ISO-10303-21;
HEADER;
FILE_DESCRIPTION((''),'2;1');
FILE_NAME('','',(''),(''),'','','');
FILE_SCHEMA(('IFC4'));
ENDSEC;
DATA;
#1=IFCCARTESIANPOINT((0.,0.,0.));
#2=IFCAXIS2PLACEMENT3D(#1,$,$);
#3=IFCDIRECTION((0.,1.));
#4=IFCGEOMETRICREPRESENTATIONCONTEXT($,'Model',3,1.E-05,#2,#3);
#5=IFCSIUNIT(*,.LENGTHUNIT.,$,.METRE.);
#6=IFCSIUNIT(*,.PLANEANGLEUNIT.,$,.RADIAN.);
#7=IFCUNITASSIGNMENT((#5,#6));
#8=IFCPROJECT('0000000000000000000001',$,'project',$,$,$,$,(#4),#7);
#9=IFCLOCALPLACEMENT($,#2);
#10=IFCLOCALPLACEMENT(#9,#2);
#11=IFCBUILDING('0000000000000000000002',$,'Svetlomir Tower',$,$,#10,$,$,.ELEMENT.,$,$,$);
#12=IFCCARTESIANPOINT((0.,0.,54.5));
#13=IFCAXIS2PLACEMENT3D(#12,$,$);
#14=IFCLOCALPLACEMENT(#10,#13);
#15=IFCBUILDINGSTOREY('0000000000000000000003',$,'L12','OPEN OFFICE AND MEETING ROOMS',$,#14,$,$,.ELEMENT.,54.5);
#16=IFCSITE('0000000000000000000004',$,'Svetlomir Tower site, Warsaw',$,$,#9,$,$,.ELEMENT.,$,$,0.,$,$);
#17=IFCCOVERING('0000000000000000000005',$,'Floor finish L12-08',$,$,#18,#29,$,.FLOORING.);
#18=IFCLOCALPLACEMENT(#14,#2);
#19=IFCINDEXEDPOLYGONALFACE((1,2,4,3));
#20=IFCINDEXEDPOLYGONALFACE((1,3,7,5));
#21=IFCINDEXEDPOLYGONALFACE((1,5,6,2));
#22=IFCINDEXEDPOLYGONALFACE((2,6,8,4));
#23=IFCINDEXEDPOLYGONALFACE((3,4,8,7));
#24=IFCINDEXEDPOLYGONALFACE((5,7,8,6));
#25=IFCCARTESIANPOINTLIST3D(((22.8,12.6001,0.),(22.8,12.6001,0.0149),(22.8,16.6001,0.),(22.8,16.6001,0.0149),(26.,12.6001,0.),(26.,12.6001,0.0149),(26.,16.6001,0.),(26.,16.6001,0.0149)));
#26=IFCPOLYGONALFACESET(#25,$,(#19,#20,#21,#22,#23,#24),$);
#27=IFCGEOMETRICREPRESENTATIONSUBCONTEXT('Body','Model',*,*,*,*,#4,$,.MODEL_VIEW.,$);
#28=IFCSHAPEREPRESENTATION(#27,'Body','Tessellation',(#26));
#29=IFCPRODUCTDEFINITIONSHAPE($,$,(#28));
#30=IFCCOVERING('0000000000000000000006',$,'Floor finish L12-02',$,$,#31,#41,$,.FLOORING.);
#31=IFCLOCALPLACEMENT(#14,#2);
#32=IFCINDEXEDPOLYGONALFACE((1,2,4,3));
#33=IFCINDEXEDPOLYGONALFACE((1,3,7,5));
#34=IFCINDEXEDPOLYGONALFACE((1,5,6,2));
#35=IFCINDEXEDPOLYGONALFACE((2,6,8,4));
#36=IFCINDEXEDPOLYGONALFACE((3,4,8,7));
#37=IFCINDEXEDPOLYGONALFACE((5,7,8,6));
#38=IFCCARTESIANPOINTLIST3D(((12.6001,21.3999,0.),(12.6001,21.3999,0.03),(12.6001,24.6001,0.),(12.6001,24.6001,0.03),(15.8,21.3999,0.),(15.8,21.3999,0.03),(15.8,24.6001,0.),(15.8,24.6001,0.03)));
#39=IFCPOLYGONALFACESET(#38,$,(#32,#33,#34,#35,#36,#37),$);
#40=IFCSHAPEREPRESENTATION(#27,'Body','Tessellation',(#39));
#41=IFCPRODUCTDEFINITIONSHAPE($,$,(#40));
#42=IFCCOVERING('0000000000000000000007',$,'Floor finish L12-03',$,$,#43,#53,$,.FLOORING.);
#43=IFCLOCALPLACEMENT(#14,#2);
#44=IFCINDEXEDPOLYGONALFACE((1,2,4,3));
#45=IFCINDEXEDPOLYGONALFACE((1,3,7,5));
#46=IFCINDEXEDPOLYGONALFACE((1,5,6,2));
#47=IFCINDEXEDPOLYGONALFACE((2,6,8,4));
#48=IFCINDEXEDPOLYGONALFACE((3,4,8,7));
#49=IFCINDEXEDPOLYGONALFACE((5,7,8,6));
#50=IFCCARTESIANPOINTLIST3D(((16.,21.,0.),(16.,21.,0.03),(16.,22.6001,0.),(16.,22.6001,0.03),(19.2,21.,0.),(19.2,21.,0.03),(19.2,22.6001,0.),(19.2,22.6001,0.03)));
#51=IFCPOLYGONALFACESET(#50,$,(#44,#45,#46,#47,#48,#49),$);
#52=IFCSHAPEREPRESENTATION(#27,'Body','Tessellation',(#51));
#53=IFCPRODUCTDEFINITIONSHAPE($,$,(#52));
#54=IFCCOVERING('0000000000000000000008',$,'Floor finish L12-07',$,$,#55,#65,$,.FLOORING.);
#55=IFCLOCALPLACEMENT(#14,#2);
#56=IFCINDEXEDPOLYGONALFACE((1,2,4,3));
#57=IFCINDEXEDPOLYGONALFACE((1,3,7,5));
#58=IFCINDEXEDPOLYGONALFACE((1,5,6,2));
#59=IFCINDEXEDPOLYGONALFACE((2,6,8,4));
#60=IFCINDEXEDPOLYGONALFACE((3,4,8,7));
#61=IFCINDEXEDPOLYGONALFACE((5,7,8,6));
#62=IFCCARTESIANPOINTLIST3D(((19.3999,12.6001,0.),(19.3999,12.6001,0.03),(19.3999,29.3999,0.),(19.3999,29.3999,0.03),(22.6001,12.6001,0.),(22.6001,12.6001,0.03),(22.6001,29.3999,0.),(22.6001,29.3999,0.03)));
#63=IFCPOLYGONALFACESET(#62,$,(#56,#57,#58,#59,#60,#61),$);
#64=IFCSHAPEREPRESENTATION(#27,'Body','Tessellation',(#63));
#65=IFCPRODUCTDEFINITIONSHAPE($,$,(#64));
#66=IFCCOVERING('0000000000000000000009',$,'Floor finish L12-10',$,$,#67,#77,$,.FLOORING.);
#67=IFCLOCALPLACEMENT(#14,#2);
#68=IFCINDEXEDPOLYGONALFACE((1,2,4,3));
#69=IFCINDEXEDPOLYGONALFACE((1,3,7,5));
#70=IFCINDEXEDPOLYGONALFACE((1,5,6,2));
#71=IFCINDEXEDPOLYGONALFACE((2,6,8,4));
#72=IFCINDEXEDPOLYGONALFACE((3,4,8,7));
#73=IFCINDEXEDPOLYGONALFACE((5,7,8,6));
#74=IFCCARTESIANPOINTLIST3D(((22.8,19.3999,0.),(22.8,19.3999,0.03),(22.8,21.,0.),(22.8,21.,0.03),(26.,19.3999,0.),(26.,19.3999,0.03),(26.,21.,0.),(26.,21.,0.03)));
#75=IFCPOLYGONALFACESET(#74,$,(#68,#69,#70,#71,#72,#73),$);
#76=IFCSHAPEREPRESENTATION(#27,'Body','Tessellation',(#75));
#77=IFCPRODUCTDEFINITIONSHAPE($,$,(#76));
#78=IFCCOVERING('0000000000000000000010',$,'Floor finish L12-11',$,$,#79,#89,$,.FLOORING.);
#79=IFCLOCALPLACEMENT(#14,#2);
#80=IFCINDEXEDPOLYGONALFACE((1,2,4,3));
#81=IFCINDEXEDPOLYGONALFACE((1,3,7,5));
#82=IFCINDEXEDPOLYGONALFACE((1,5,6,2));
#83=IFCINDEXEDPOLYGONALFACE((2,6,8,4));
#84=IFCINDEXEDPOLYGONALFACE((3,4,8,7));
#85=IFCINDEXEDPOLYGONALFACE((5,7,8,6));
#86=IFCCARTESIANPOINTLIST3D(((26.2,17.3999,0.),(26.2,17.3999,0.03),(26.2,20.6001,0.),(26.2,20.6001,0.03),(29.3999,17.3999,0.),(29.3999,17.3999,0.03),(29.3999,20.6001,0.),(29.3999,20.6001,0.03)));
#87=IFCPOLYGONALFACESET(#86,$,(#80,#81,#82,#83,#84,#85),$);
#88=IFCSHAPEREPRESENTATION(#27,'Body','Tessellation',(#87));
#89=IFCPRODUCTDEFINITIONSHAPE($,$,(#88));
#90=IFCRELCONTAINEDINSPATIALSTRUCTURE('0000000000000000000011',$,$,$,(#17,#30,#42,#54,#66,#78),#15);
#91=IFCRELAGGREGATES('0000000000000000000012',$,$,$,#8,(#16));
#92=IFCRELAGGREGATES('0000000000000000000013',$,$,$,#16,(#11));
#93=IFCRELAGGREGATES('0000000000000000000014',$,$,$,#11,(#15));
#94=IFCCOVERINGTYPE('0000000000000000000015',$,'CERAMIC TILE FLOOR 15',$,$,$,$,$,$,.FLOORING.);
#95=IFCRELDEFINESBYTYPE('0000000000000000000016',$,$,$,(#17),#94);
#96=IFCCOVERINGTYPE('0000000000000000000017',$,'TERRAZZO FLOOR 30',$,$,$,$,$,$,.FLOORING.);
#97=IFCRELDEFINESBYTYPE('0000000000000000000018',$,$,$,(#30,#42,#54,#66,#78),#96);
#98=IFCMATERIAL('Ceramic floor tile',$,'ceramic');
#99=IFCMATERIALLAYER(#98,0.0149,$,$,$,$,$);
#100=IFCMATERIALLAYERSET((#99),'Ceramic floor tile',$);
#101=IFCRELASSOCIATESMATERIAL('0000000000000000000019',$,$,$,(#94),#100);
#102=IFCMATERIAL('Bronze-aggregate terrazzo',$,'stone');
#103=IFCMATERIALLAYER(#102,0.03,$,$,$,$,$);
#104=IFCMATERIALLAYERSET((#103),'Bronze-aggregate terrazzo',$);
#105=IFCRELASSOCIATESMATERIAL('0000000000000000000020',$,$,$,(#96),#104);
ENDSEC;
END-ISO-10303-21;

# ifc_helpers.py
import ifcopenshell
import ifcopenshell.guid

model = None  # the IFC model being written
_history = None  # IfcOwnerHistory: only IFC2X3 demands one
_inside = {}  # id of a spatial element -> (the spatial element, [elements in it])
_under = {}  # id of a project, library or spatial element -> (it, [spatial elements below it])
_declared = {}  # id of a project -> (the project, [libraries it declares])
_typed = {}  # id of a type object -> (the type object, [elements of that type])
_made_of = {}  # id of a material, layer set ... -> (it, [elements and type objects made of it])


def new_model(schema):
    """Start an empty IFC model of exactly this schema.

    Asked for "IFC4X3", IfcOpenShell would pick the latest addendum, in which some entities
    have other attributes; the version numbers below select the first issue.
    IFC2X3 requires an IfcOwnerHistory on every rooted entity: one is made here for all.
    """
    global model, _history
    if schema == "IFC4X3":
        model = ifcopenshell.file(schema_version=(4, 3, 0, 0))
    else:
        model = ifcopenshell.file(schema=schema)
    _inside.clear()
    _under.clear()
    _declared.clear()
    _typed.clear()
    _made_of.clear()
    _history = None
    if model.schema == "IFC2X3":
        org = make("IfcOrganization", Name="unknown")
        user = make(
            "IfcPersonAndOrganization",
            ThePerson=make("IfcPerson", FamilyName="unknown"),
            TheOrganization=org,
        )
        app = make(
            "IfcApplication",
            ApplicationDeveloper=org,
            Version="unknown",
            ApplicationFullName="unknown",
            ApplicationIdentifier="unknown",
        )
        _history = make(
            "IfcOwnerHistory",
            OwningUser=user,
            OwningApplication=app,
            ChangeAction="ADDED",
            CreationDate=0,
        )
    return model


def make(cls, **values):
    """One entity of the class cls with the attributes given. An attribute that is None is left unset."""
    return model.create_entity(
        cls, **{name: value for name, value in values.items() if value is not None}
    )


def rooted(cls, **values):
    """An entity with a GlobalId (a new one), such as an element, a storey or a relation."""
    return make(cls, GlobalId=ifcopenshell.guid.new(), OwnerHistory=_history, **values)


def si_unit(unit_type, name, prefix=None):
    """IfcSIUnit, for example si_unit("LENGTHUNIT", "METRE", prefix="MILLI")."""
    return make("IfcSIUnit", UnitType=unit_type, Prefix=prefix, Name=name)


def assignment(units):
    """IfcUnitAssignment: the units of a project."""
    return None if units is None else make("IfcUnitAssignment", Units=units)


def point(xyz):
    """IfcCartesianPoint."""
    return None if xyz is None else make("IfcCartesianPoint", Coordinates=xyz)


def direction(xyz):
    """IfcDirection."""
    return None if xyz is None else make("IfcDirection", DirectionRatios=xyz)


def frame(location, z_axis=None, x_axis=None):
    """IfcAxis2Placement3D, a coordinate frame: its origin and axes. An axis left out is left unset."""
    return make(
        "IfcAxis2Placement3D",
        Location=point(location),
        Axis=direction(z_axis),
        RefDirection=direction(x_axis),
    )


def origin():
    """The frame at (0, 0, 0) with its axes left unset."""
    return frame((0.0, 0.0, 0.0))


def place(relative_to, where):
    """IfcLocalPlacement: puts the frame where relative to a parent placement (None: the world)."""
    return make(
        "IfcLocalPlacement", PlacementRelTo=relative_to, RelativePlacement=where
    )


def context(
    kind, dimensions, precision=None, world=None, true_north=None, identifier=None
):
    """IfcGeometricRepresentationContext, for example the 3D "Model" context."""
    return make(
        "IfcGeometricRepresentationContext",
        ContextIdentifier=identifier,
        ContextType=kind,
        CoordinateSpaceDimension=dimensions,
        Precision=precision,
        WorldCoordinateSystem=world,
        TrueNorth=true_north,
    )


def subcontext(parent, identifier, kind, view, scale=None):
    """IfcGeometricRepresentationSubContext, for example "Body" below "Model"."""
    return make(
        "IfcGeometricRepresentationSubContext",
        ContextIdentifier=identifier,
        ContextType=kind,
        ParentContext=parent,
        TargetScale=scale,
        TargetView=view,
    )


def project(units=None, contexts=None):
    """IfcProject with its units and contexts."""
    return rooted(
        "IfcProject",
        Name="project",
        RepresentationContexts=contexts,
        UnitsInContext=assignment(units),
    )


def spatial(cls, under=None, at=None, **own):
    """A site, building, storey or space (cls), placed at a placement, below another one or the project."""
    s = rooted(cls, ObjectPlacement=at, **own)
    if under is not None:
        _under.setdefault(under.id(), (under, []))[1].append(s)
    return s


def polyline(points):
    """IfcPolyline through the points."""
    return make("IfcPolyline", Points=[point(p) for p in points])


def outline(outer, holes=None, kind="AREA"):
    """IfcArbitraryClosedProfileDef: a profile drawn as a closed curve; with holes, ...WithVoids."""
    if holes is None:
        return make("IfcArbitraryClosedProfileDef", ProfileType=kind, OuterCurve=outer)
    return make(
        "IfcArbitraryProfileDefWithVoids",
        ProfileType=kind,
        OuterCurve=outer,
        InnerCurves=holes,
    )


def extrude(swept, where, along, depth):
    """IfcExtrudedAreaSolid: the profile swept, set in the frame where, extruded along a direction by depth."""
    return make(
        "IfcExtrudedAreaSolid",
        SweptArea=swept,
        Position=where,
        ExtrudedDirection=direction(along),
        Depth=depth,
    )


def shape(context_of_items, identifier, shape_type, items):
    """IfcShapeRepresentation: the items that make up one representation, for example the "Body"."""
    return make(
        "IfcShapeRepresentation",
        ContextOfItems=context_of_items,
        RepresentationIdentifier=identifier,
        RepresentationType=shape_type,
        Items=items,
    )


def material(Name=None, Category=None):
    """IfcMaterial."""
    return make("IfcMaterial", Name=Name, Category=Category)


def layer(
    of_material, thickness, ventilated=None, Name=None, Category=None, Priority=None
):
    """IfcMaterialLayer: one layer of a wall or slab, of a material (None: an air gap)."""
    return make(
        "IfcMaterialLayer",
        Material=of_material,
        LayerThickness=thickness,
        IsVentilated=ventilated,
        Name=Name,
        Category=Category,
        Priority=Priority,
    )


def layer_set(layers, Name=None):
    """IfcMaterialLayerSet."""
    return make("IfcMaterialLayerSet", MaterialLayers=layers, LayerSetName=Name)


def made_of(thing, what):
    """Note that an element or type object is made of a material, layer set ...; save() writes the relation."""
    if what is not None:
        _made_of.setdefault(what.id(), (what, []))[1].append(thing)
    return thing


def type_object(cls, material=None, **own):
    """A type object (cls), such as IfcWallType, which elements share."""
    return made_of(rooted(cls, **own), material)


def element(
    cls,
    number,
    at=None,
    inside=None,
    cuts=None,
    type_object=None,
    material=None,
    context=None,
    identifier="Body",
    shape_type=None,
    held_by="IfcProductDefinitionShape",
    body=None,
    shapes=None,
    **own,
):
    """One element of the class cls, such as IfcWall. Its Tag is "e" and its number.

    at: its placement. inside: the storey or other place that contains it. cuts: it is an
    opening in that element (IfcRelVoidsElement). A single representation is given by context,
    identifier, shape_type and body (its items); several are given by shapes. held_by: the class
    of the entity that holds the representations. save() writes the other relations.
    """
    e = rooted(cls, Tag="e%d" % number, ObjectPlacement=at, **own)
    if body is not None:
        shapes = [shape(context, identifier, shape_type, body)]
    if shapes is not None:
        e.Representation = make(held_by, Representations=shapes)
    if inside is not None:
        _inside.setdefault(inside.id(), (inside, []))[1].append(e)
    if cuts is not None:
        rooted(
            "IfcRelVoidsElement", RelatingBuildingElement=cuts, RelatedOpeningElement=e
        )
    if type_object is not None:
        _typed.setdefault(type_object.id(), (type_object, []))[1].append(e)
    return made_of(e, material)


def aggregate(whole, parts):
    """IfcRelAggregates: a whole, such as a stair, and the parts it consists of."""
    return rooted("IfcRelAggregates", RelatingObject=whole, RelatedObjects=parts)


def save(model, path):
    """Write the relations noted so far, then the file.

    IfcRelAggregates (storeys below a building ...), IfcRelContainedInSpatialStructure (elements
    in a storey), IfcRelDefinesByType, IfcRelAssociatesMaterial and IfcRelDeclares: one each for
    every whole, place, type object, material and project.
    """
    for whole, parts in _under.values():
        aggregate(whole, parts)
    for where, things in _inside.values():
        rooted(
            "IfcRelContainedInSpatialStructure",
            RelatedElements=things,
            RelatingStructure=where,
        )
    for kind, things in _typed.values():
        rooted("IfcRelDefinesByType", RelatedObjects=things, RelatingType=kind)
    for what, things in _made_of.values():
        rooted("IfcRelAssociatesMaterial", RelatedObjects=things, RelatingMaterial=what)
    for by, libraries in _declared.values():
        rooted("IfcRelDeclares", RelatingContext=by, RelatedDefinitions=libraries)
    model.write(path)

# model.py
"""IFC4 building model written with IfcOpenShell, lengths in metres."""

from ifc_helpers import new_model, si_unit, direction, frame, origin, place, context, subcontext, project, spatial, polyline, outline, extrude, material, layer, layer_set, type_object, element, save


model = new_model("IFC4")

# Units and contexts
model_context = context("Model", 3, precision=1e-05, world=origin(), true_north=direction((0.0, 1.0)))
body_context = subcontext(model_context, "Body", "Model", "MODEL_VIEW")
ifc_project = project(units=[si_unit("LENGTHUNIT", "METRE"), si_unit("PLANEANGLEUNIT", "RADIAN")], contexts=[model_context])

# Site, building, storey
site_placement = place(None, origin())
site = spatial("IfcSite", under=ifc_project, at=site_placement, Name="Svetlomir Tower site, Warsaw", CompositionType="ELEMENT", RefElevation=0.0)
building_placement = place(site_placement, origin())
building = spatial("IfcBuilding", under=site, at=building_placement, Name="Svetlomir Tower", CompositionType="ELEMENT")
storey_placement = place(building_placement, frame((0.0, 0.0, 54.5)))
storey = spatial("IfcBuildingStorey", under=building, at=storey_placement, Name="L12", Description="OPEN OFFICE AND MEETING ROOMS", CompositionType="ELEMENT", Elevation=54.5)

# Coverings
ifc_material_1 = material(Name="Ceramic floor tile", Category="ceramic")
ifc_layer_1 = layer(ifc_material_1, 0.0149)
ifc_layer_set_1 = layer_set([ifc_layer_1], Name="Ceramic floor tile")
covering_type_1 = type_object("IfcCoveringType", Name="CERAMIC TILE FLOOR 15", PredefinedType="FLOORING", material=ifc_layer_set_1)
covering_1_placement = place(storey_placement, origin())
element("IfcCovering", 1, at=covering_1_placement, inside=storey, type_object=covering_type_1, Name="Floor finish L12-08", PredefinedType="FLOORING", context=body_context, shape_type="SweptSolid", body=[
    extrude(outline(polyline([(22.8, 12.6001), (26.0, 12.6001), (26.0, 16.6001), (22.8, 16.6001), (22.8, 12.6001)])), origin(), (0.0, 0.0, 1.0), 0.0149),
])
ifc_material_2 = material(Name="Bronze-aggregate terrazzo", Category="stone")
ifc_layer_2 = layer(ifc_material_2, 0.03)
ifc_layer_set_2 = layer_set([ifc_layer_2], Name="Bronze-aggregate terrazzo")
covering_type_2 = type_object("IfcCoveringType", Name="TERRAZZO FLOOR 30", PredefinedType="FLOORING", material=ifc_layer_set_2)
covering_2_placement = place(storey_placement, origin())
element("IfcCovering", 2, at=covering_2_placement, inside=storey, type_object=covering_type_2, Name="Floor finish L12-02", PredefinedType="FLOORING", context=body_context, shape_type="SweptSolid", body=[
    extrude(outline(polyline([(12.6001, 21.3999), (15.8, 21.3999), (15.8, 24.6001), (12.6001, 24.6001), (12.6001, 21.3999)])), origin(), (0.0, 0.0, 1.0), 0.03),
])
covering_3_placement = place(storey_placement, origin())
element("IfcCovering", 3, at=covering_3_placement, inside=storey, type_object=covering_type_2, Name="Floor finish L12-03", PredefinedType="FLOORING", context=body_context, shape_type="SweptSolid", body=[
    extrude(outline(polyline([(16.0, 21.0), (19.2, 21.0), (19.2, 22.6001), (16.0, 22.6001), (16.0, 21.0)])), origin(), (0.0, 0.0, 1.0), 0.03),
])
covering_4_placement = place(storey_placement, origin())
element("IfcCovering", 4, at=covering_4_placement, inside=storey, type_object=covering_type_2, Name="Floor finish L12-07", PredefinedType="FLOORING", context=body_context, shape_type="SweptSolid", body=[
    extrude(outline(polyline([(19.3999, 12.6001), (22.6001, 12.6001), (22.6001, 29.3999), (19.3999, 29.3999), (19.3999, 12.6001)])), origin(), (0.0, 0.0, 1.0), 0.03),
])
covering_5_placement = place(storey_placement, origin())
element("IfcCovering", 5, at=covering_5_placement, inside=storey, type_object=covering_type_2, Name="Floor finish L12-10", PredefinedType="FLOORING", context=body_context, shape_type="SweptSolid", body=[
    extrude(outline(polyline([(22.8, 19.3999), (26.0, 19.3999), (26.0, 21.0), (22.8, 21.0), (22.8, 19.3999)])), origin(), (0.0, 0.0, 1.0), 0.03),
])
covering_6_placement = place(storey_placement, origin())
element("IfcCovering", 6, at=covering_6_placement, inside=storey, type_object=covering_type_2, Name="Floor finish L12-11", PredefinedType="FLOORING", context=body_context, shape_type="SweptSolid", body=[
    extrude(outline(polyline([(26.2, 17.3999), (29.3999, 17.3999), (29.3999, 20.6001), (26.2, 20.6001), (26.2, 17.3999)])), origin(), (0.0, 0.0, 1.0), 0.03),
])

save(model, "model.ifc")
